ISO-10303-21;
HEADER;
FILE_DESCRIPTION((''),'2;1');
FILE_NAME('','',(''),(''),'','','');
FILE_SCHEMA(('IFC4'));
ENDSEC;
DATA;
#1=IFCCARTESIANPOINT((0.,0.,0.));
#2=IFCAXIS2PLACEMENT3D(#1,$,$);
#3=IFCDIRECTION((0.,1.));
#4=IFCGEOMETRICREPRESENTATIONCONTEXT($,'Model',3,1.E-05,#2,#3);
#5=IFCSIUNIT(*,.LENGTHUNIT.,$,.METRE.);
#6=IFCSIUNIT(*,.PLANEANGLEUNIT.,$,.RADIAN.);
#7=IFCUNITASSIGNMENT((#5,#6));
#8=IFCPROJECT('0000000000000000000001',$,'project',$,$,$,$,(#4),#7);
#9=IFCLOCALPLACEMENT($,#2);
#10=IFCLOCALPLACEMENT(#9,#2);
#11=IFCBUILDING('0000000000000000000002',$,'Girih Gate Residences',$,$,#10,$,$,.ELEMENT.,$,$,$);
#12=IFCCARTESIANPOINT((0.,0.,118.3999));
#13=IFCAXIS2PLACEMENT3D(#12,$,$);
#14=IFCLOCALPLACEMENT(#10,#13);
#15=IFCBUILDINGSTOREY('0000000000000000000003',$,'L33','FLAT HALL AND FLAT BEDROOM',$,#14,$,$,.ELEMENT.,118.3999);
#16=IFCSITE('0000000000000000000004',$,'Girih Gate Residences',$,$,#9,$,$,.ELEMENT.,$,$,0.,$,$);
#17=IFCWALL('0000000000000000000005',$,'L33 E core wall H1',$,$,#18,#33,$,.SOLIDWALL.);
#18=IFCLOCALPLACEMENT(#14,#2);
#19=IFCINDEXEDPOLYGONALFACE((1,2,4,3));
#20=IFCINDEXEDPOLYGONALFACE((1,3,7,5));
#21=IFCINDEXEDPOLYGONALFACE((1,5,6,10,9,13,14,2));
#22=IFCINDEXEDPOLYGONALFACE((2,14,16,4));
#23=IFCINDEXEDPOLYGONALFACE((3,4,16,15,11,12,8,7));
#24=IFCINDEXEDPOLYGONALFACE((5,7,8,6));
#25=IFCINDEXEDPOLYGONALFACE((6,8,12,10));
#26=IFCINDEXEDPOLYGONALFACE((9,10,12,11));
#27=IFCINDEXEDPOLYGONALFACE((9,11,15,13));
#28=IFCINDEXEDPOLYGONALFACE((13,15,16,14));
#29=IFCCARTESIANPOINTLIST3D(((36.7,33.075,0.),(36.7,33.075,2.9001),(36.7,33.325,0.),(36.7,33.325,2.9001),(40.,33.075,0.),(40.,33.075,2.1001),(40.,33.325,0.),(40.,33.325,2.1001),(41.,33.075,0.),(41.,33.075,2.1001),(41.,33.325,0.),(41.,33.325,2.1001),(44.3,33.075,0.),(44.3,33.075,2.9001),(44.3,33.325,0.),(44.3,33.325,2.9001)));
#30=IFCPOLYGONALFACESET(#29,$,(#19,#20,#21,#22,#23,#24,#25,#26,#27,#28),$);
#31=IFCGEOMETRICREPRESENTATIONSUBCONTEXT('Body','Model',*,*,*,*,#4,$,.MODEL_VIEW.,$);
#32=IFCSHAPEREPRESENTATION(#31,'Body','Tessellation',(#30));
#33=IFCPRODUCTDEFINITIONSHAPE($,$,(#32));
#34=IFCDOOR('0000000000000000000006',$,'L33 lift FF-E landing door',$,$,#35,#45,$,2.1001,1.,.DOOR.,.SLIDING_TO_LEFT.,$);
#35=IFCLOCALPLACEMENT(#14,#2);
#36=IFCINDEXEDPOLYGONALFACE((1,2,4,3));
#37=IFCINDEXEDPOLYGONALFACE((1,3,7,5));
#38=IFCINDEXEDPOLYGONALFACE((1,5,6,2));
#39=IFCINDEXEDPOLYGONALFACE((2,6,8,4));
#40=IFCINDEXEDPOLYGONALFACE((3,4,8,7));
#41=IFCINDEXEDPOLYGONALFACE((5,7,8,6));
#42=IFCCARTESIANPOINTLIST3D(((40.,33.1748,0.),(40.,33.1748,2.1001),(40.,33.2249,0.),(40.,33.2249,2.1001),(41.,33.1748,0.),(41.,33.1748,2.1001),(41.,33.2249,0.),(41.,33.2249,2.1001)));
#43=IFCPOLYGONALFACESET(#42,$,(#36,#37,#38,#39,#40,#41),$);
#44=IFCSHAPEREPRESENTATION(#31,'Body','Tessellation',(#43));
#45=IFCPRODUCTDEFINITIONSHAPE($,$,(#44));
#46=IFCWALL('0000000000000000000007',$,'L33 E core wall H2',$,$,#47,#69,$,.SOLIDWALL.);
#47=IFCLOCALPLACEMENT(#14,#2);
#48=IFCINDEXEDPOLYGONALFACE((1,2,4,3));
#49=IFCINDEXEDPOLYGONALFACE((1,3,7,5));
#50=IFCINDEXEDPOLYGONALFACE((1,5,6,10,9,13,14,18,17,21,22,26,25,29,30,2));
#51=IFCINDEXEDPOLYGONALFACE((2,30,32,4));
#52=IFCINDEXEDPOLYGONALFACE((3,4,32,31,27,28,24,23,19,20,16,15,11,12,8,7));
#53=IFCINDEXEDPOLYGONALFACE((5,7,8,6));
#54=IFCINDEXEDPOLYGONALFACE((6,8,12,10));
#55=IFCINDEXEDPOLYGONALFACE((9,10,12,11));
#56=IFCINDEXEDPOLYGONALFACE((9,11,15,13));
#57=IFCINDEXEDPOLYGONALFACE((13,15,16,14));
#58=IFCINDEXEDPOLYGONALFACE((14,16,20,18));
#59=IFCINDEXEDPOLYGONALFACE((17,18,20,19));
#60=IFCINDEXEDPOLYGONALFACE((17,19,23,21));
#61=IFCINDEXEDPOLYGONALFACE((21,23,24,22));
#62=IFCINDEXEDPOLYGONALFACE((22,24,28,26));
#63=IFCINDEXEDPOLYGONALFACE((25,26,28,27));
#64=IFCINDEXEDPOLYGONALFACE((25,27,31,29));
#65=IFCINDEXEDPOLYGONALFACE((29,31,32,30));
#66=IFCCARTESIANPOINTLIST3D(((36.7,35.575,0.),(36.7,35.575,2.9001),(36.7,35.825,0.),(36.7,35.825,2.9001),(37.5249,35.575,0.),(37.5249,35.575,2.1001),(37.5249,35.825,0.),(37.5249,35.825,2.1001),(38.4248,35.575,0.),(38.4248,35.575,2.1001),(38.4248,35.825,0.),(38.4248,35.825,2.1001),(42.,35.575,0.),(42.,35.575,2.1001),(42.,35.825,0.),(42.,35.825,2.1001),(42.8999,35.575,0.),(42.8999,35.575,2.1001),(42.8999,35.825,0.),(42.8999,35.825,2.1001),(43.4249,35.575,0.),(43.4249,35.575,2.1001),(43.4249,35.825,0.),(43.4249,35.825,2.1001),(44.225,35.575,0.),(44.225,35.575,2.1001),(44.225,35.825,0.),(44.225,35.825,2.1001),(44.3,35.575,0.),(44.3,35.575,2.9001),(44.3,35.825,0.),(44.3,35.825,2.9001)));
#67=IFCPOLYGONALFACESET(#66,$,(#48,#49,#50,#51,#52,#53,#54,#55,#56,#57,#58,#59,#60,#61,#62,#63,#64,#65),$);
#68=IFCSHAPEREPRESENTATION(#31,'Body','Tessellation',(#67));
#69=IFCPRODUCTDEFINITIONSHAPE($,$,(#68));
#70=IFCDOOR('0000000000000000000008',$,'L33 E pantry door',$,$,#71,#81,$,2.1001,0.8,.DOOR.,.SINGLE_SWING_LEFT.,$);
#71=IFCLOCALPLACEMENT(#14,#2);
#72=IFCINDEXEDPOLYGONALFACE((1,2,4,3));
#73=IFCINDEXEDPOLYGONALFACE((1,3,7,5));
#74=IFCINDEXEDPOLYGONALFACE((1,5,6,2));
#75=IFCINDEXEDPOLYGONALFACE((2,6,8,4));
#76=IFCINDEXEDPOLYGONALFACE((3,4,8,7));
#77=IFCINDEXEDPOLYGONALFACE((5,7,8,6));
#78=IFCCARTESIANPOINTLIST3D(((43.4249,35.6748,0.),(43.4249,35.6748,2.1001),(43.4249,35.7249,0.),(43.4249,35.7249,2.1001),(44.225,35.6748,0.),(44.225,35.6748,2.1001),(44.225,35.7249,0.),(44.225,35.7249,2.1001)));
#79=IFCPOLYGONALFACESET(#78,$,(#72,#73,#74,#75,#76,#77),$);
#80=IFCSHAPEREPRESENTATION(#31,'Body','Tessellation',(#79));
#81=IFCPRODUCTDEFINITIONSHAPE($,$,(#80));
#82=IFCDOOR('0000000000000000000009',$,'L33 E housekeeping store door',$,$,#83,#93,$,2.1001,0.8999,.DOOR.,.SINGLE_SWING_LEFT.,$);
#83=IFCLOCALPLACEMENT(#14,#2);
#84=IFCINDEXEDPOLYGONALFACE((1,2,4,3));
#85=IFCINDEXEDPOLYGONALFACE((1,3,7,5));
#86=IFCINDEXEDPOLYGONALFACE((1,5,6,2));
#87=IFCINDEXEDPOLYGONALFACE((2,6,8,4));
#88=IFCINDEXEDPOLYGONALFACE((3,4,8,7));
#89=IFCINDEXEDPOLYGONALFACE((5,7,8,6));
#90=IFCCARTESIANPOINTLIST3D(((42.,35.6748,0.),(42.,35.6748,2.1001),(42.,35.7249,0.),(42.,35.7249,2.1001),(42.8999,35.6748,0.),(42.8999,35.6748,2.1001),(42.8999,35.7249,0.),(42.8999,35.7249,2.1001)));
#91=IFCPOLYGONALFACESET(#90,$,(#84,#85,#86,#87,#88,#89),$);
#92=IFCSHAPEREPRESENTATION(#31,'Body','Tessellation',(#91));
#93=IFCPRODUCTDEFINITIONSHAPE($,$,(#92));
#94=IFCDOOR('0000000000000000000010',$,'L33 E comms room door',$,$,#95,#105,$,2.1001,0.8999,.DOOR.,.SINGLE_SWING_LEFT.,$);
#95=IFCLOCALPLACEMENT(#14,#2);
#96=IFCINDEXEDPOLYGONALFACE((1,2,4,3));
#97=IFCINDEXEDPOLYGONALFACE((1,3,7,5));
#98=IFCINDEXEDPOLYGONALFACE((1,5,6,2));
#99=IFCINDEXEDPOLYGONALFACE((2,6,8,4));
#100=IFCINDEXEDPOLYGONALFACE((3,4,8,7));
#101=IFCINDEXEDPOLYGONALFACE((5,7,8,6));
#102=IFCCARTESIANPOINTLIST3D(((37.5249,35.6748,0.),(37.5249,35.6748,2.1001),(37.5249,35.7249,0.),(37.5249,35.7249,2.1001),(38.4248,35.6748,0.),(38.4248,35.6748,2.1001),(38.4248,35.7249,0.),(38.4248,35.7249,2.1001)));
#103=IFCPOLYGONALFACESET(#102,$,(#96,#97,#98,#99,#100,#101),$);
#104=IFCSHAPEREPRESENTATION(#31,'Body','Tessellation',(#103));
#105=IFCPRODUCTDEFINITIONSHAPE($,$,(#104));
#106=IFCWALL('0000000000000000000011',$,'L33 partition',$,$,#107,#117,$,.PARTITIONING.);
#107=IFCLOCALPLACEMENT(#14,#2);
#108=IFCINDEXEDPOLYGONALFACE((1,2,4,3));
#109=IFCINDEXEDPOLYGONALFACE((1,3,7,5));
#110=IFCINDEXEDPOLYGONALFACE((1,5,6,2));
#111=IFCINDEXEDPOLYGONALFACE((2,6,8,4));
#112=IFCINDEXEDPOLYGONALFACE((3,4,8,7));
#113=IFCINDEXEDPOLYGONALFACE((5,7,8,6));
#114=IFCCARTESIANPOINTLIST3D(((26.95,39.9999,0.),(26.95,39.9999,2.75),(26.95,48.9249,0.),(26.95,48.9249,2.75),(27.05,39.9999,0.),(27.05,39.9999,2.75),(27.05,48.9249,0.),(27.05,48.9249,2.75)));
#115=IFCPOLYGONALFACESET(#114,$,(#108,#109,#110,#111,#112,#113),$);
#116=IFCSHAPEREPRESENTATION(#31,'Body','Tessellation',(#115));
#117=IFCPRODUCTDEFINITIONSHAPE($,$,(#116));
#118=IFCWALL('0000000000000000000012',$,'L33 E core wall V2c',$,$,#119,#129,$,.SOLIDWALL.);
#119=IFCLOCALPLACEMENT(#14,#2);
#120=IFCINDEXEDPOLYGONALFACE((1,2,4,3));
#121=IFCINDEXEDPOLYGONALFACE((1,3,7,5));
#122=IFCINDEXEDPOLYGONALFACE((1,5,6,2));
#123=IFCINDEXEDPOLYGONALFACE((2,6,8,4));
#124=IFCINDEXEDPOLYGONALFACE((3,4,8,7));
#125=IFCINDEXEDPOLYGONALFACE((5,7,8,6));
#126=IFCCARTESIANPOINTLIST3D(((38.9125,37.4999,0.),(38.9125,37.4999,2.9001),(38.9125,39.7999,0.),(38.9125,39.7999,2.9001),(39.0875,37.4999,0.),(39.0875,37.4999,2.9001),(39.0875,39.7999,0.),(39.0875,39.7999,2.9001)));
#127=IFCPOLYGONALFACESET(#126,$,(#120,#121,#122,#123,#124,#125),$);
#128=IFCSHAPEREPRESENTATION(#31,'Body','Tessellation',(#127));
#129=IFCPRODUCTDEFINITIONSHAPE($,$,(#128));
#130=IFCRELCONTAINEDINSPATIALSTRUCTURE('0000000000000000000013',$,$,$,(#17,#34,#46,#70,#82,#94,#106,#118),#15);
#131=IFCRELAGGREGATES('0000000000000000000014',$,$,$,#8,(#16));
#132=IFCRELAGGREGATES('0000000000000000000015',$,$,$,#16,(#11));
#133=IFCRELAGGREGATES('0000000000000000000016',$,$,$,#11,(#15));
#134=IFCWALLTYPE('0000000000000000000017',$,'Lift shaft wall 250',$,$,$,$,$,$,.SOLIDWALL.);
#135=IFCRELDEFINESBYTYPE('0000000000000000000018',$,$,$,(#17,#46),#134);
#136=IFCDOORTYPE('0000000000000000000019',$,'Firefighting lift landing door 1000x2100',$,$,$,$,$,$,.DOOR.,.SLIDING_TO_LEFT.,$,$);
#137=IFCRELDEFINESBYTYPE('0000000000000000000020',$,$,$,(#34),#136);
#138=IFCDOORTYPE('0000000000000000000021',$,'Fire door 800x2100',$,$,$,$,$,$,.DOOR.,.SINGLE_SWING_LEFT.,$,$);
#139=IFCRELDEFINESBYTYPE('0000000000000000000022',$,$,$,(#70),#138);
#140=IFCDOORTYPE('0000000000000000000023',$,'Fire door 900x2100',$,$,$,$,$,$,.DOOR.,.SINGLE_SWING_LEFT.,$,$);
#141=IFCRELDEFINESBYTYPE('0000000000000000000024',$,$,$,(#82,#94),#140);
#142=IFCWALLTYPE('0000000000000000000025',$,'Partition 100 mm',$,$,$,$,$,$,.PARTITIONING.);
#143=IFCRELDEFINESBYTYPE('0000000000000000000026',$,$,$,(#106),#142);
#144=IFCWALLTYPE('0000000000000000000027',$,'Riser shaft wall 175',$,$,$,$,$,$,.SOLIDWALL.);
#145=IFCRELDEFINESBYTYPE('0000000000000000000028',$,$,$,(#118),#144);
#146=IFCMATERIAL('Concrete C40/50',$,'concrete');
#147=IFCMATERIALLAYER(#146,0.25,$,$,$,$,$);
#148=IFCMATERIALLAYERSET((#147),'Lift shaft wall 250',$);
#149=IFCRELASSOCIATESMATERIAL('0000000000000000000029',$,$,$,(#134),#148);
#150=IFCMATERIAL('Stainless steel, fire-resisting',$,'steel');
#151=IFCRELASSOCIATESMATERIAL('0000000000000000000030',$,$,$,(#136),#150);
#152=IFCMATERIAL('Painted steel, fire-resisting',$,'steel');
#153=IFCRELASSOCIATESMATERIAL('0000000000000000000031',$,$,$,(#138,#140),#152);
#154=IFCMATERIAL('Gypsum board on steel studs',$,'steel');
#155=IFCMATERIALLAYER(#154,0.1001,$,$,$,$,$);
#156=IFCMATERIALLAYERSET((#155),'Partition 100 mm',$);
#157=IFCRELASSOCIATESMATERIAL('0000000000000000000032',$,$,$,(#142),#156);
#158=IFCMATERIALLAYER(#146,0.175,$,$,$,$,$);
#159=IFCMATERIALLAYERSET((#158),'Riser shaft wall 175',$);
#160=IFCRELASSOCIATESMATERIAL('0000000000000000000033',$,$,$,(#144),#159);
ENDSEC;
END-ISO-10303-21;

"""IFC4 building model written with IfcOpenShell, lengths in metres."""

from ifc_helpers import new_model, si_unit, direction, frame, frame_2d, origin, place, context, subcontext, project, spatial, rectangle, extrude, material, layer, layer_set, type_object, element, fill, save


model = new_model("IFC4")

# Units and contexts
model_context = context("Model", 3, precision=1e-05, world=origin(), true_north=direction((0.0, 1.0)))
body_context = subcontext(model_context, "Body", "Model", "MODEL_VIEW")
ifc_project = project(units=[si_unit("LENGTHUNIT", "METRE"), si_unit("PLANEANGLEUNIT", "RADIAN")], contexts=[model_context])

# Site, building, storey
site_placement = place(None, origin())
site = spatial("IfcSite", under=ifc_project, at=site_placement, Name="Girih Gate Residences", CompositionType="ELEMENT", RefElevation=0.0)
building_placement = place(site_placement, origin())
building = spatial("IfcBuilding", under=site, at=building_placement, Name="Girih Gate Residences", CompositionType="ELEMENT")
storey_placement = place(building_placement, frame((0.0, 0.0, 118.3999)))
storey = spatial("IfcBuildingStorey", under=building, at=storey_placement, Name="L33", Description="FLAT HALL AND FLAT BEDROOM", CompositionType="ELEMENT", Elevation=118.3999)

# Shared definitions
ifc_material_1 = material(Name="Gypsum board on steel studs", Category="steel")

# Wall, opening, door
ifc_material_2 = material(Name="Concrete C40/50", Category="concrete")
ifc_layer_1 = layer(ifc_material_2, 0.25)
ifc_layer_set_1 = layer_set([ifc_layer_1], Name="Lift shaft wall 250")
wall_type_1 = type_object("IfcWallType", Name="Lift shaft wall 250", PredefinedType="SOLIDWALL", material=ifc_layer_set_1)
wall_1_placement = place(storey_placement, frame((36.7, 33.2, 0.0), z_axis=(0.0, 0.0, 1.0), x_axis=(1.0, 0.0, 0.0)))
wall_1 = element("IfcWall", 1, at=wall_1_placement, inside=storey, type_object=wall_type_1, Name="L33 E core wall H1", PredefinedType="SOLIDWALL", context=body_context, shape_type="SweptSolid", body=[
    extrude(rectangle(XDim=7.6001, YDim=0.25, at=frame_2d((3.8, 0.0))), origin(), (0.0, 0.0, 1.0), 2.9001),
])
opening_1_placement = place(wall_1_placement, frame((3.3, 0.0, 0.0)))
opening_1 = element("IfcOpeningElement", 2, at=opening_1_placement, cuts=wall_1, PredefinedType="OPENING", context=body_context, shape_type="SweptSolid", body=[
    extrude(rectangle(XDim=1.0, YDim=2.1001, at=frame_2d((0.5, 1.05))), frame((0.0, 0.135, 0.0), z_axis=(0.0, -1.0, 0.0), x_axis=(1.0, 0.0, 0.0)), (0.0, 0.0, 1.0), 0.27),
])
ifc_material_3 = material(Name="Stainless steel, fire-resisting", Category="steel")
door_type_1 = type_object("IfcDoorType", Name="Firefighting lift landing door 1000x2100", OperationType="SLIDING_TO_LEFT", PredefinedType="DOOR", material=ifc_material_3)
door_1_placement = place(opening_1_placement, origin())
door_1 = element("IfcDoor", 3, at=door_1_placement, inside=storey, type_object=door_type_1, Name="L33 lift FF-E landing door", OperationType="SLIDING_TO_LEFT", OverallHeight=2.1001, OverallWidth=1.0, PredefinedType="DOOR", context=body_context, shape_type="SweptSolid", body=[
    extrude(rectangle(XDim=1.0, YDim=2.1001, at=frame_2d((0.5, 1.05))), frame((0.0, 0.0249, 0.0), z_axis=(0.0, -1.0, 0.0), x_axis=(1.0, 0.0, 0.0)), (0.0, 0.0, 1.0), 0.05),
])
fill(opening_1, door_1)

# Wall, openings, doors
wall_2_placement = place(storey_placement, frame((36.7, 35.7, 0.0), z_axis=(0.0, 0.0, 1.0), x_axis=(1.0, 0.0, 0.0)))
wall_2 = element("IfcWall", 4, at=wall_2_placement, inside=storey, type_object=wall_type_1, Name="L33 E core wall H2", PredefinedType="SOLIDWALL", context=body_context, shape_type="SweptSolid", body=[
    extrude(rectangle(XDim=7.6001, YDim=0.25, at=frame_2d((3.8, 0.0))), origin(), (0.0, 0.0, 1.0), 2.9001),
])
opening_2_placement = place(wall_2_placement, frame((6.7251, 0.0, 0.0)))
opening_2 = element("IfcOpeningElement", 5, at=opening_2_placement, cuts=wall_2, PredefinedType="OPENING", context=body_context, shape_type="SweptSolid", body=[
    extrude(rectangle(XDim=0.8, YDim=2.1001, at=frame_2d((0.3999, 1.05))), frame((0.0, 0.135, 0.0), z_axis=(0.0, -1.0, 0.0), x_axis=(1.0, 0.0, 0.0)), (0.0, 0.0, 1.0), 0.27),
])
opening_3_placement = place(wall_2_placement, frame((5.3, 0.0, 0.0)))
opening_3 = element("IfcOpeningElement", 6, at=opening_3_placement, cuts=wall_2, PredefinedType="OPENING", context=body_context, shape_type="SweptSolid", body=[
    extrude(rectangle(XDim=0.8999, YDim=2.1001, at=frame_2d((0.45, 1.05))), frame((0.0, 0.135, 0.0), z_axis=(0.0, -1.0, 0.0), x_axis=(1.0, 0.0, 0.0)), (0.0, 0.0, 1.0), 0.27),
])
opening_4_placement = place(wall_2_placement, frame((0.825, 0.0, 0.0)))
opening_4 = element("IfcOpeningElement", 7, at=opening_4_placement, cuts=wall_2, PredefinedType="OPENING", context=body_context, shape_type="SweptSolid", body=[
    extrude(rectangle(XDim=0.8999, YDim=2.1001, at=frame_2d((0.45, 1.05))), frame((0.0, 0.135, 0.0), z_axis=(0.0, -1.0, 0.0), x_axis=(1.0, 0.0, 0.0)), (0.0, 0.0, 1.0), 0.27),
])
ifc_material_4 = material(Name="Painted steel, fire-resisting", Category="steel")
door_type_2 = type_object("IfcDoorType", Name="Fire door 800x2100", OperationType="SINGLE_SWING_LEFT", PredefinedType="DOOR", material=ifc_material_4)
door_2_placement = place(opening_2_placement, origin())
door_2 = element("IfcDoor", 8, at=door_2_placement, inside=storey, type_object=door_type_2, Name="L33 E pantry door", OperationType="SINGLE_SWING_LEFT", OverallHeight=2.1001, OverallWidth=0.8, PredefinedType="DOOR", context=body_context, shape_type="SweptSolid", body=[
    extrude(rectangle(XDim=0.8, YDim=2.1001, at=frame_2d((0.3999, 1.05))), frame((0.0, 0.0249, 0.0), z_axis=(0.0, -1.0, 0.0), x_axis=(1.0, 0.0, 0.0)), (0.0, 0.0, 1.0), 0.05),
])
fill(opening_2, door_2)
door_type_3 = type_object("IfcDoorType", Name="Fire door 900x2100", OperationType="SINGLE_SWING_LEFT", PredefinedType="DOOR", material=ifc_material_4)
door_3_placement = place(opening_3_placement, origin())
door_3 = element("IfcDoor", 9, at=door_3_placement, inside=storey, type_object=door_type_3, Name="L33 E housekeeping store door", OperationType="SINGLE_SWING_LEFT", OverallHeight=2.1001, OverallWidth=0.8999, PredefinedType="DOOR", context=body_context, shape_type="SweptSolid", body=[
    extrude(rectangle(XDim=0.8999, YDim=2.1001, at=frame_2d((0.45, 1.05))), frame((0.0, 0.0249, 0.0), z_axis=(0.0, -1.0, 0.0), x_axis=(1.0, 0.0, 0.0)), (0.0, 0.0, 1.0), 0.05),
])
fill(opening_3, door_3)
door_4_placement = place(opening_4_placement, origin())
door_4 = element("IfcDoor", 10, at=door_4_placement, inside=storey, type_object=door_type_3, Name="L33 E comms room door", OperationType="SINGLE_SWING_LEFT", OverallHeight=2.1001, OverallWidth=0.8999, PredefinedType="DOOR", context=body_context, shape_type="SweptSolid", body=[
    extrude(rectangle(XDim=0.8999, YDim=2.1001, at=frame_2d((0.45, 1.05))), frame((0.0, 0.0249, 0.0), z_axis=(0.0, -1.0, 0.0), x_axis=(1.0, 0.0, 0.0)), (0.0, 0.0, 1.0), 0.05),
])
fill(opening_4, door_4)

# Walls
ifc_layer_2 = layer(ifc_material_1, 0.1001)
ifc_layer_set_2 = layer_set([ifc_layer_2], Name="Partition 100 mm")
wall_type_2 = type_object("IfcWallType", Name="Partition 100 mm", PredefinedType="PARTITIONING", material=ifc_layer_set_2)
wall_3_placement = place(storey_placement, frame((27.0, 40.0, 0.0), z_axis=(0.0, 0.0, 1.0), x_axis=(0.0, 1.0, 0.0)))
element("IfcWall", 11, at=wall_3_placement, inside=storey, type_object=wall_type_2, Name="L33 partition", PredefinedType="PARTITIONING", context=body_context, shape_type="SweptSolid", body=[
    extrude(rectangle(XDim=8.925, YDim=0.1001, at=frame_2d((4.4624, 0.0))), origin(), (0.0, 0.0, 1.0), 2.75),
])
ifc_layer_3 = layer(ifc_material_2, 0.175)
ifc_layer_set_3 = layer_set([ifc_layer_3], Name="Riser shaft wall 175")
wall_type_3 = type_object("IfcWallType", Name="Riser shaft wall 175", PredefinedType="SOLIDWALL", material=ifc_layer_set_3)
wall_4_placement = place(storey_placement, frame((39.0, 37.5, 0.0), z_axis=(0.0, 0.0, 1.0), x_axis=(0.0, 1.0, 0.0)))
element("IfcWall", 12, at=wall_4_placement, inside=storey, type_object=wall_type_3, Name="L33 E core wall V2c", PredefinedType="SOLIDWALL", context=body_context, shape_type="SweptSolid", body=[
    extrude(rectangle(XDim=2.3, YDim=0.175, at=frame_2d((1.1499, 0.0))), origin(), (0.0, 0.0, 1.0), 2.9001),
])

save(model, "model.ifc")
